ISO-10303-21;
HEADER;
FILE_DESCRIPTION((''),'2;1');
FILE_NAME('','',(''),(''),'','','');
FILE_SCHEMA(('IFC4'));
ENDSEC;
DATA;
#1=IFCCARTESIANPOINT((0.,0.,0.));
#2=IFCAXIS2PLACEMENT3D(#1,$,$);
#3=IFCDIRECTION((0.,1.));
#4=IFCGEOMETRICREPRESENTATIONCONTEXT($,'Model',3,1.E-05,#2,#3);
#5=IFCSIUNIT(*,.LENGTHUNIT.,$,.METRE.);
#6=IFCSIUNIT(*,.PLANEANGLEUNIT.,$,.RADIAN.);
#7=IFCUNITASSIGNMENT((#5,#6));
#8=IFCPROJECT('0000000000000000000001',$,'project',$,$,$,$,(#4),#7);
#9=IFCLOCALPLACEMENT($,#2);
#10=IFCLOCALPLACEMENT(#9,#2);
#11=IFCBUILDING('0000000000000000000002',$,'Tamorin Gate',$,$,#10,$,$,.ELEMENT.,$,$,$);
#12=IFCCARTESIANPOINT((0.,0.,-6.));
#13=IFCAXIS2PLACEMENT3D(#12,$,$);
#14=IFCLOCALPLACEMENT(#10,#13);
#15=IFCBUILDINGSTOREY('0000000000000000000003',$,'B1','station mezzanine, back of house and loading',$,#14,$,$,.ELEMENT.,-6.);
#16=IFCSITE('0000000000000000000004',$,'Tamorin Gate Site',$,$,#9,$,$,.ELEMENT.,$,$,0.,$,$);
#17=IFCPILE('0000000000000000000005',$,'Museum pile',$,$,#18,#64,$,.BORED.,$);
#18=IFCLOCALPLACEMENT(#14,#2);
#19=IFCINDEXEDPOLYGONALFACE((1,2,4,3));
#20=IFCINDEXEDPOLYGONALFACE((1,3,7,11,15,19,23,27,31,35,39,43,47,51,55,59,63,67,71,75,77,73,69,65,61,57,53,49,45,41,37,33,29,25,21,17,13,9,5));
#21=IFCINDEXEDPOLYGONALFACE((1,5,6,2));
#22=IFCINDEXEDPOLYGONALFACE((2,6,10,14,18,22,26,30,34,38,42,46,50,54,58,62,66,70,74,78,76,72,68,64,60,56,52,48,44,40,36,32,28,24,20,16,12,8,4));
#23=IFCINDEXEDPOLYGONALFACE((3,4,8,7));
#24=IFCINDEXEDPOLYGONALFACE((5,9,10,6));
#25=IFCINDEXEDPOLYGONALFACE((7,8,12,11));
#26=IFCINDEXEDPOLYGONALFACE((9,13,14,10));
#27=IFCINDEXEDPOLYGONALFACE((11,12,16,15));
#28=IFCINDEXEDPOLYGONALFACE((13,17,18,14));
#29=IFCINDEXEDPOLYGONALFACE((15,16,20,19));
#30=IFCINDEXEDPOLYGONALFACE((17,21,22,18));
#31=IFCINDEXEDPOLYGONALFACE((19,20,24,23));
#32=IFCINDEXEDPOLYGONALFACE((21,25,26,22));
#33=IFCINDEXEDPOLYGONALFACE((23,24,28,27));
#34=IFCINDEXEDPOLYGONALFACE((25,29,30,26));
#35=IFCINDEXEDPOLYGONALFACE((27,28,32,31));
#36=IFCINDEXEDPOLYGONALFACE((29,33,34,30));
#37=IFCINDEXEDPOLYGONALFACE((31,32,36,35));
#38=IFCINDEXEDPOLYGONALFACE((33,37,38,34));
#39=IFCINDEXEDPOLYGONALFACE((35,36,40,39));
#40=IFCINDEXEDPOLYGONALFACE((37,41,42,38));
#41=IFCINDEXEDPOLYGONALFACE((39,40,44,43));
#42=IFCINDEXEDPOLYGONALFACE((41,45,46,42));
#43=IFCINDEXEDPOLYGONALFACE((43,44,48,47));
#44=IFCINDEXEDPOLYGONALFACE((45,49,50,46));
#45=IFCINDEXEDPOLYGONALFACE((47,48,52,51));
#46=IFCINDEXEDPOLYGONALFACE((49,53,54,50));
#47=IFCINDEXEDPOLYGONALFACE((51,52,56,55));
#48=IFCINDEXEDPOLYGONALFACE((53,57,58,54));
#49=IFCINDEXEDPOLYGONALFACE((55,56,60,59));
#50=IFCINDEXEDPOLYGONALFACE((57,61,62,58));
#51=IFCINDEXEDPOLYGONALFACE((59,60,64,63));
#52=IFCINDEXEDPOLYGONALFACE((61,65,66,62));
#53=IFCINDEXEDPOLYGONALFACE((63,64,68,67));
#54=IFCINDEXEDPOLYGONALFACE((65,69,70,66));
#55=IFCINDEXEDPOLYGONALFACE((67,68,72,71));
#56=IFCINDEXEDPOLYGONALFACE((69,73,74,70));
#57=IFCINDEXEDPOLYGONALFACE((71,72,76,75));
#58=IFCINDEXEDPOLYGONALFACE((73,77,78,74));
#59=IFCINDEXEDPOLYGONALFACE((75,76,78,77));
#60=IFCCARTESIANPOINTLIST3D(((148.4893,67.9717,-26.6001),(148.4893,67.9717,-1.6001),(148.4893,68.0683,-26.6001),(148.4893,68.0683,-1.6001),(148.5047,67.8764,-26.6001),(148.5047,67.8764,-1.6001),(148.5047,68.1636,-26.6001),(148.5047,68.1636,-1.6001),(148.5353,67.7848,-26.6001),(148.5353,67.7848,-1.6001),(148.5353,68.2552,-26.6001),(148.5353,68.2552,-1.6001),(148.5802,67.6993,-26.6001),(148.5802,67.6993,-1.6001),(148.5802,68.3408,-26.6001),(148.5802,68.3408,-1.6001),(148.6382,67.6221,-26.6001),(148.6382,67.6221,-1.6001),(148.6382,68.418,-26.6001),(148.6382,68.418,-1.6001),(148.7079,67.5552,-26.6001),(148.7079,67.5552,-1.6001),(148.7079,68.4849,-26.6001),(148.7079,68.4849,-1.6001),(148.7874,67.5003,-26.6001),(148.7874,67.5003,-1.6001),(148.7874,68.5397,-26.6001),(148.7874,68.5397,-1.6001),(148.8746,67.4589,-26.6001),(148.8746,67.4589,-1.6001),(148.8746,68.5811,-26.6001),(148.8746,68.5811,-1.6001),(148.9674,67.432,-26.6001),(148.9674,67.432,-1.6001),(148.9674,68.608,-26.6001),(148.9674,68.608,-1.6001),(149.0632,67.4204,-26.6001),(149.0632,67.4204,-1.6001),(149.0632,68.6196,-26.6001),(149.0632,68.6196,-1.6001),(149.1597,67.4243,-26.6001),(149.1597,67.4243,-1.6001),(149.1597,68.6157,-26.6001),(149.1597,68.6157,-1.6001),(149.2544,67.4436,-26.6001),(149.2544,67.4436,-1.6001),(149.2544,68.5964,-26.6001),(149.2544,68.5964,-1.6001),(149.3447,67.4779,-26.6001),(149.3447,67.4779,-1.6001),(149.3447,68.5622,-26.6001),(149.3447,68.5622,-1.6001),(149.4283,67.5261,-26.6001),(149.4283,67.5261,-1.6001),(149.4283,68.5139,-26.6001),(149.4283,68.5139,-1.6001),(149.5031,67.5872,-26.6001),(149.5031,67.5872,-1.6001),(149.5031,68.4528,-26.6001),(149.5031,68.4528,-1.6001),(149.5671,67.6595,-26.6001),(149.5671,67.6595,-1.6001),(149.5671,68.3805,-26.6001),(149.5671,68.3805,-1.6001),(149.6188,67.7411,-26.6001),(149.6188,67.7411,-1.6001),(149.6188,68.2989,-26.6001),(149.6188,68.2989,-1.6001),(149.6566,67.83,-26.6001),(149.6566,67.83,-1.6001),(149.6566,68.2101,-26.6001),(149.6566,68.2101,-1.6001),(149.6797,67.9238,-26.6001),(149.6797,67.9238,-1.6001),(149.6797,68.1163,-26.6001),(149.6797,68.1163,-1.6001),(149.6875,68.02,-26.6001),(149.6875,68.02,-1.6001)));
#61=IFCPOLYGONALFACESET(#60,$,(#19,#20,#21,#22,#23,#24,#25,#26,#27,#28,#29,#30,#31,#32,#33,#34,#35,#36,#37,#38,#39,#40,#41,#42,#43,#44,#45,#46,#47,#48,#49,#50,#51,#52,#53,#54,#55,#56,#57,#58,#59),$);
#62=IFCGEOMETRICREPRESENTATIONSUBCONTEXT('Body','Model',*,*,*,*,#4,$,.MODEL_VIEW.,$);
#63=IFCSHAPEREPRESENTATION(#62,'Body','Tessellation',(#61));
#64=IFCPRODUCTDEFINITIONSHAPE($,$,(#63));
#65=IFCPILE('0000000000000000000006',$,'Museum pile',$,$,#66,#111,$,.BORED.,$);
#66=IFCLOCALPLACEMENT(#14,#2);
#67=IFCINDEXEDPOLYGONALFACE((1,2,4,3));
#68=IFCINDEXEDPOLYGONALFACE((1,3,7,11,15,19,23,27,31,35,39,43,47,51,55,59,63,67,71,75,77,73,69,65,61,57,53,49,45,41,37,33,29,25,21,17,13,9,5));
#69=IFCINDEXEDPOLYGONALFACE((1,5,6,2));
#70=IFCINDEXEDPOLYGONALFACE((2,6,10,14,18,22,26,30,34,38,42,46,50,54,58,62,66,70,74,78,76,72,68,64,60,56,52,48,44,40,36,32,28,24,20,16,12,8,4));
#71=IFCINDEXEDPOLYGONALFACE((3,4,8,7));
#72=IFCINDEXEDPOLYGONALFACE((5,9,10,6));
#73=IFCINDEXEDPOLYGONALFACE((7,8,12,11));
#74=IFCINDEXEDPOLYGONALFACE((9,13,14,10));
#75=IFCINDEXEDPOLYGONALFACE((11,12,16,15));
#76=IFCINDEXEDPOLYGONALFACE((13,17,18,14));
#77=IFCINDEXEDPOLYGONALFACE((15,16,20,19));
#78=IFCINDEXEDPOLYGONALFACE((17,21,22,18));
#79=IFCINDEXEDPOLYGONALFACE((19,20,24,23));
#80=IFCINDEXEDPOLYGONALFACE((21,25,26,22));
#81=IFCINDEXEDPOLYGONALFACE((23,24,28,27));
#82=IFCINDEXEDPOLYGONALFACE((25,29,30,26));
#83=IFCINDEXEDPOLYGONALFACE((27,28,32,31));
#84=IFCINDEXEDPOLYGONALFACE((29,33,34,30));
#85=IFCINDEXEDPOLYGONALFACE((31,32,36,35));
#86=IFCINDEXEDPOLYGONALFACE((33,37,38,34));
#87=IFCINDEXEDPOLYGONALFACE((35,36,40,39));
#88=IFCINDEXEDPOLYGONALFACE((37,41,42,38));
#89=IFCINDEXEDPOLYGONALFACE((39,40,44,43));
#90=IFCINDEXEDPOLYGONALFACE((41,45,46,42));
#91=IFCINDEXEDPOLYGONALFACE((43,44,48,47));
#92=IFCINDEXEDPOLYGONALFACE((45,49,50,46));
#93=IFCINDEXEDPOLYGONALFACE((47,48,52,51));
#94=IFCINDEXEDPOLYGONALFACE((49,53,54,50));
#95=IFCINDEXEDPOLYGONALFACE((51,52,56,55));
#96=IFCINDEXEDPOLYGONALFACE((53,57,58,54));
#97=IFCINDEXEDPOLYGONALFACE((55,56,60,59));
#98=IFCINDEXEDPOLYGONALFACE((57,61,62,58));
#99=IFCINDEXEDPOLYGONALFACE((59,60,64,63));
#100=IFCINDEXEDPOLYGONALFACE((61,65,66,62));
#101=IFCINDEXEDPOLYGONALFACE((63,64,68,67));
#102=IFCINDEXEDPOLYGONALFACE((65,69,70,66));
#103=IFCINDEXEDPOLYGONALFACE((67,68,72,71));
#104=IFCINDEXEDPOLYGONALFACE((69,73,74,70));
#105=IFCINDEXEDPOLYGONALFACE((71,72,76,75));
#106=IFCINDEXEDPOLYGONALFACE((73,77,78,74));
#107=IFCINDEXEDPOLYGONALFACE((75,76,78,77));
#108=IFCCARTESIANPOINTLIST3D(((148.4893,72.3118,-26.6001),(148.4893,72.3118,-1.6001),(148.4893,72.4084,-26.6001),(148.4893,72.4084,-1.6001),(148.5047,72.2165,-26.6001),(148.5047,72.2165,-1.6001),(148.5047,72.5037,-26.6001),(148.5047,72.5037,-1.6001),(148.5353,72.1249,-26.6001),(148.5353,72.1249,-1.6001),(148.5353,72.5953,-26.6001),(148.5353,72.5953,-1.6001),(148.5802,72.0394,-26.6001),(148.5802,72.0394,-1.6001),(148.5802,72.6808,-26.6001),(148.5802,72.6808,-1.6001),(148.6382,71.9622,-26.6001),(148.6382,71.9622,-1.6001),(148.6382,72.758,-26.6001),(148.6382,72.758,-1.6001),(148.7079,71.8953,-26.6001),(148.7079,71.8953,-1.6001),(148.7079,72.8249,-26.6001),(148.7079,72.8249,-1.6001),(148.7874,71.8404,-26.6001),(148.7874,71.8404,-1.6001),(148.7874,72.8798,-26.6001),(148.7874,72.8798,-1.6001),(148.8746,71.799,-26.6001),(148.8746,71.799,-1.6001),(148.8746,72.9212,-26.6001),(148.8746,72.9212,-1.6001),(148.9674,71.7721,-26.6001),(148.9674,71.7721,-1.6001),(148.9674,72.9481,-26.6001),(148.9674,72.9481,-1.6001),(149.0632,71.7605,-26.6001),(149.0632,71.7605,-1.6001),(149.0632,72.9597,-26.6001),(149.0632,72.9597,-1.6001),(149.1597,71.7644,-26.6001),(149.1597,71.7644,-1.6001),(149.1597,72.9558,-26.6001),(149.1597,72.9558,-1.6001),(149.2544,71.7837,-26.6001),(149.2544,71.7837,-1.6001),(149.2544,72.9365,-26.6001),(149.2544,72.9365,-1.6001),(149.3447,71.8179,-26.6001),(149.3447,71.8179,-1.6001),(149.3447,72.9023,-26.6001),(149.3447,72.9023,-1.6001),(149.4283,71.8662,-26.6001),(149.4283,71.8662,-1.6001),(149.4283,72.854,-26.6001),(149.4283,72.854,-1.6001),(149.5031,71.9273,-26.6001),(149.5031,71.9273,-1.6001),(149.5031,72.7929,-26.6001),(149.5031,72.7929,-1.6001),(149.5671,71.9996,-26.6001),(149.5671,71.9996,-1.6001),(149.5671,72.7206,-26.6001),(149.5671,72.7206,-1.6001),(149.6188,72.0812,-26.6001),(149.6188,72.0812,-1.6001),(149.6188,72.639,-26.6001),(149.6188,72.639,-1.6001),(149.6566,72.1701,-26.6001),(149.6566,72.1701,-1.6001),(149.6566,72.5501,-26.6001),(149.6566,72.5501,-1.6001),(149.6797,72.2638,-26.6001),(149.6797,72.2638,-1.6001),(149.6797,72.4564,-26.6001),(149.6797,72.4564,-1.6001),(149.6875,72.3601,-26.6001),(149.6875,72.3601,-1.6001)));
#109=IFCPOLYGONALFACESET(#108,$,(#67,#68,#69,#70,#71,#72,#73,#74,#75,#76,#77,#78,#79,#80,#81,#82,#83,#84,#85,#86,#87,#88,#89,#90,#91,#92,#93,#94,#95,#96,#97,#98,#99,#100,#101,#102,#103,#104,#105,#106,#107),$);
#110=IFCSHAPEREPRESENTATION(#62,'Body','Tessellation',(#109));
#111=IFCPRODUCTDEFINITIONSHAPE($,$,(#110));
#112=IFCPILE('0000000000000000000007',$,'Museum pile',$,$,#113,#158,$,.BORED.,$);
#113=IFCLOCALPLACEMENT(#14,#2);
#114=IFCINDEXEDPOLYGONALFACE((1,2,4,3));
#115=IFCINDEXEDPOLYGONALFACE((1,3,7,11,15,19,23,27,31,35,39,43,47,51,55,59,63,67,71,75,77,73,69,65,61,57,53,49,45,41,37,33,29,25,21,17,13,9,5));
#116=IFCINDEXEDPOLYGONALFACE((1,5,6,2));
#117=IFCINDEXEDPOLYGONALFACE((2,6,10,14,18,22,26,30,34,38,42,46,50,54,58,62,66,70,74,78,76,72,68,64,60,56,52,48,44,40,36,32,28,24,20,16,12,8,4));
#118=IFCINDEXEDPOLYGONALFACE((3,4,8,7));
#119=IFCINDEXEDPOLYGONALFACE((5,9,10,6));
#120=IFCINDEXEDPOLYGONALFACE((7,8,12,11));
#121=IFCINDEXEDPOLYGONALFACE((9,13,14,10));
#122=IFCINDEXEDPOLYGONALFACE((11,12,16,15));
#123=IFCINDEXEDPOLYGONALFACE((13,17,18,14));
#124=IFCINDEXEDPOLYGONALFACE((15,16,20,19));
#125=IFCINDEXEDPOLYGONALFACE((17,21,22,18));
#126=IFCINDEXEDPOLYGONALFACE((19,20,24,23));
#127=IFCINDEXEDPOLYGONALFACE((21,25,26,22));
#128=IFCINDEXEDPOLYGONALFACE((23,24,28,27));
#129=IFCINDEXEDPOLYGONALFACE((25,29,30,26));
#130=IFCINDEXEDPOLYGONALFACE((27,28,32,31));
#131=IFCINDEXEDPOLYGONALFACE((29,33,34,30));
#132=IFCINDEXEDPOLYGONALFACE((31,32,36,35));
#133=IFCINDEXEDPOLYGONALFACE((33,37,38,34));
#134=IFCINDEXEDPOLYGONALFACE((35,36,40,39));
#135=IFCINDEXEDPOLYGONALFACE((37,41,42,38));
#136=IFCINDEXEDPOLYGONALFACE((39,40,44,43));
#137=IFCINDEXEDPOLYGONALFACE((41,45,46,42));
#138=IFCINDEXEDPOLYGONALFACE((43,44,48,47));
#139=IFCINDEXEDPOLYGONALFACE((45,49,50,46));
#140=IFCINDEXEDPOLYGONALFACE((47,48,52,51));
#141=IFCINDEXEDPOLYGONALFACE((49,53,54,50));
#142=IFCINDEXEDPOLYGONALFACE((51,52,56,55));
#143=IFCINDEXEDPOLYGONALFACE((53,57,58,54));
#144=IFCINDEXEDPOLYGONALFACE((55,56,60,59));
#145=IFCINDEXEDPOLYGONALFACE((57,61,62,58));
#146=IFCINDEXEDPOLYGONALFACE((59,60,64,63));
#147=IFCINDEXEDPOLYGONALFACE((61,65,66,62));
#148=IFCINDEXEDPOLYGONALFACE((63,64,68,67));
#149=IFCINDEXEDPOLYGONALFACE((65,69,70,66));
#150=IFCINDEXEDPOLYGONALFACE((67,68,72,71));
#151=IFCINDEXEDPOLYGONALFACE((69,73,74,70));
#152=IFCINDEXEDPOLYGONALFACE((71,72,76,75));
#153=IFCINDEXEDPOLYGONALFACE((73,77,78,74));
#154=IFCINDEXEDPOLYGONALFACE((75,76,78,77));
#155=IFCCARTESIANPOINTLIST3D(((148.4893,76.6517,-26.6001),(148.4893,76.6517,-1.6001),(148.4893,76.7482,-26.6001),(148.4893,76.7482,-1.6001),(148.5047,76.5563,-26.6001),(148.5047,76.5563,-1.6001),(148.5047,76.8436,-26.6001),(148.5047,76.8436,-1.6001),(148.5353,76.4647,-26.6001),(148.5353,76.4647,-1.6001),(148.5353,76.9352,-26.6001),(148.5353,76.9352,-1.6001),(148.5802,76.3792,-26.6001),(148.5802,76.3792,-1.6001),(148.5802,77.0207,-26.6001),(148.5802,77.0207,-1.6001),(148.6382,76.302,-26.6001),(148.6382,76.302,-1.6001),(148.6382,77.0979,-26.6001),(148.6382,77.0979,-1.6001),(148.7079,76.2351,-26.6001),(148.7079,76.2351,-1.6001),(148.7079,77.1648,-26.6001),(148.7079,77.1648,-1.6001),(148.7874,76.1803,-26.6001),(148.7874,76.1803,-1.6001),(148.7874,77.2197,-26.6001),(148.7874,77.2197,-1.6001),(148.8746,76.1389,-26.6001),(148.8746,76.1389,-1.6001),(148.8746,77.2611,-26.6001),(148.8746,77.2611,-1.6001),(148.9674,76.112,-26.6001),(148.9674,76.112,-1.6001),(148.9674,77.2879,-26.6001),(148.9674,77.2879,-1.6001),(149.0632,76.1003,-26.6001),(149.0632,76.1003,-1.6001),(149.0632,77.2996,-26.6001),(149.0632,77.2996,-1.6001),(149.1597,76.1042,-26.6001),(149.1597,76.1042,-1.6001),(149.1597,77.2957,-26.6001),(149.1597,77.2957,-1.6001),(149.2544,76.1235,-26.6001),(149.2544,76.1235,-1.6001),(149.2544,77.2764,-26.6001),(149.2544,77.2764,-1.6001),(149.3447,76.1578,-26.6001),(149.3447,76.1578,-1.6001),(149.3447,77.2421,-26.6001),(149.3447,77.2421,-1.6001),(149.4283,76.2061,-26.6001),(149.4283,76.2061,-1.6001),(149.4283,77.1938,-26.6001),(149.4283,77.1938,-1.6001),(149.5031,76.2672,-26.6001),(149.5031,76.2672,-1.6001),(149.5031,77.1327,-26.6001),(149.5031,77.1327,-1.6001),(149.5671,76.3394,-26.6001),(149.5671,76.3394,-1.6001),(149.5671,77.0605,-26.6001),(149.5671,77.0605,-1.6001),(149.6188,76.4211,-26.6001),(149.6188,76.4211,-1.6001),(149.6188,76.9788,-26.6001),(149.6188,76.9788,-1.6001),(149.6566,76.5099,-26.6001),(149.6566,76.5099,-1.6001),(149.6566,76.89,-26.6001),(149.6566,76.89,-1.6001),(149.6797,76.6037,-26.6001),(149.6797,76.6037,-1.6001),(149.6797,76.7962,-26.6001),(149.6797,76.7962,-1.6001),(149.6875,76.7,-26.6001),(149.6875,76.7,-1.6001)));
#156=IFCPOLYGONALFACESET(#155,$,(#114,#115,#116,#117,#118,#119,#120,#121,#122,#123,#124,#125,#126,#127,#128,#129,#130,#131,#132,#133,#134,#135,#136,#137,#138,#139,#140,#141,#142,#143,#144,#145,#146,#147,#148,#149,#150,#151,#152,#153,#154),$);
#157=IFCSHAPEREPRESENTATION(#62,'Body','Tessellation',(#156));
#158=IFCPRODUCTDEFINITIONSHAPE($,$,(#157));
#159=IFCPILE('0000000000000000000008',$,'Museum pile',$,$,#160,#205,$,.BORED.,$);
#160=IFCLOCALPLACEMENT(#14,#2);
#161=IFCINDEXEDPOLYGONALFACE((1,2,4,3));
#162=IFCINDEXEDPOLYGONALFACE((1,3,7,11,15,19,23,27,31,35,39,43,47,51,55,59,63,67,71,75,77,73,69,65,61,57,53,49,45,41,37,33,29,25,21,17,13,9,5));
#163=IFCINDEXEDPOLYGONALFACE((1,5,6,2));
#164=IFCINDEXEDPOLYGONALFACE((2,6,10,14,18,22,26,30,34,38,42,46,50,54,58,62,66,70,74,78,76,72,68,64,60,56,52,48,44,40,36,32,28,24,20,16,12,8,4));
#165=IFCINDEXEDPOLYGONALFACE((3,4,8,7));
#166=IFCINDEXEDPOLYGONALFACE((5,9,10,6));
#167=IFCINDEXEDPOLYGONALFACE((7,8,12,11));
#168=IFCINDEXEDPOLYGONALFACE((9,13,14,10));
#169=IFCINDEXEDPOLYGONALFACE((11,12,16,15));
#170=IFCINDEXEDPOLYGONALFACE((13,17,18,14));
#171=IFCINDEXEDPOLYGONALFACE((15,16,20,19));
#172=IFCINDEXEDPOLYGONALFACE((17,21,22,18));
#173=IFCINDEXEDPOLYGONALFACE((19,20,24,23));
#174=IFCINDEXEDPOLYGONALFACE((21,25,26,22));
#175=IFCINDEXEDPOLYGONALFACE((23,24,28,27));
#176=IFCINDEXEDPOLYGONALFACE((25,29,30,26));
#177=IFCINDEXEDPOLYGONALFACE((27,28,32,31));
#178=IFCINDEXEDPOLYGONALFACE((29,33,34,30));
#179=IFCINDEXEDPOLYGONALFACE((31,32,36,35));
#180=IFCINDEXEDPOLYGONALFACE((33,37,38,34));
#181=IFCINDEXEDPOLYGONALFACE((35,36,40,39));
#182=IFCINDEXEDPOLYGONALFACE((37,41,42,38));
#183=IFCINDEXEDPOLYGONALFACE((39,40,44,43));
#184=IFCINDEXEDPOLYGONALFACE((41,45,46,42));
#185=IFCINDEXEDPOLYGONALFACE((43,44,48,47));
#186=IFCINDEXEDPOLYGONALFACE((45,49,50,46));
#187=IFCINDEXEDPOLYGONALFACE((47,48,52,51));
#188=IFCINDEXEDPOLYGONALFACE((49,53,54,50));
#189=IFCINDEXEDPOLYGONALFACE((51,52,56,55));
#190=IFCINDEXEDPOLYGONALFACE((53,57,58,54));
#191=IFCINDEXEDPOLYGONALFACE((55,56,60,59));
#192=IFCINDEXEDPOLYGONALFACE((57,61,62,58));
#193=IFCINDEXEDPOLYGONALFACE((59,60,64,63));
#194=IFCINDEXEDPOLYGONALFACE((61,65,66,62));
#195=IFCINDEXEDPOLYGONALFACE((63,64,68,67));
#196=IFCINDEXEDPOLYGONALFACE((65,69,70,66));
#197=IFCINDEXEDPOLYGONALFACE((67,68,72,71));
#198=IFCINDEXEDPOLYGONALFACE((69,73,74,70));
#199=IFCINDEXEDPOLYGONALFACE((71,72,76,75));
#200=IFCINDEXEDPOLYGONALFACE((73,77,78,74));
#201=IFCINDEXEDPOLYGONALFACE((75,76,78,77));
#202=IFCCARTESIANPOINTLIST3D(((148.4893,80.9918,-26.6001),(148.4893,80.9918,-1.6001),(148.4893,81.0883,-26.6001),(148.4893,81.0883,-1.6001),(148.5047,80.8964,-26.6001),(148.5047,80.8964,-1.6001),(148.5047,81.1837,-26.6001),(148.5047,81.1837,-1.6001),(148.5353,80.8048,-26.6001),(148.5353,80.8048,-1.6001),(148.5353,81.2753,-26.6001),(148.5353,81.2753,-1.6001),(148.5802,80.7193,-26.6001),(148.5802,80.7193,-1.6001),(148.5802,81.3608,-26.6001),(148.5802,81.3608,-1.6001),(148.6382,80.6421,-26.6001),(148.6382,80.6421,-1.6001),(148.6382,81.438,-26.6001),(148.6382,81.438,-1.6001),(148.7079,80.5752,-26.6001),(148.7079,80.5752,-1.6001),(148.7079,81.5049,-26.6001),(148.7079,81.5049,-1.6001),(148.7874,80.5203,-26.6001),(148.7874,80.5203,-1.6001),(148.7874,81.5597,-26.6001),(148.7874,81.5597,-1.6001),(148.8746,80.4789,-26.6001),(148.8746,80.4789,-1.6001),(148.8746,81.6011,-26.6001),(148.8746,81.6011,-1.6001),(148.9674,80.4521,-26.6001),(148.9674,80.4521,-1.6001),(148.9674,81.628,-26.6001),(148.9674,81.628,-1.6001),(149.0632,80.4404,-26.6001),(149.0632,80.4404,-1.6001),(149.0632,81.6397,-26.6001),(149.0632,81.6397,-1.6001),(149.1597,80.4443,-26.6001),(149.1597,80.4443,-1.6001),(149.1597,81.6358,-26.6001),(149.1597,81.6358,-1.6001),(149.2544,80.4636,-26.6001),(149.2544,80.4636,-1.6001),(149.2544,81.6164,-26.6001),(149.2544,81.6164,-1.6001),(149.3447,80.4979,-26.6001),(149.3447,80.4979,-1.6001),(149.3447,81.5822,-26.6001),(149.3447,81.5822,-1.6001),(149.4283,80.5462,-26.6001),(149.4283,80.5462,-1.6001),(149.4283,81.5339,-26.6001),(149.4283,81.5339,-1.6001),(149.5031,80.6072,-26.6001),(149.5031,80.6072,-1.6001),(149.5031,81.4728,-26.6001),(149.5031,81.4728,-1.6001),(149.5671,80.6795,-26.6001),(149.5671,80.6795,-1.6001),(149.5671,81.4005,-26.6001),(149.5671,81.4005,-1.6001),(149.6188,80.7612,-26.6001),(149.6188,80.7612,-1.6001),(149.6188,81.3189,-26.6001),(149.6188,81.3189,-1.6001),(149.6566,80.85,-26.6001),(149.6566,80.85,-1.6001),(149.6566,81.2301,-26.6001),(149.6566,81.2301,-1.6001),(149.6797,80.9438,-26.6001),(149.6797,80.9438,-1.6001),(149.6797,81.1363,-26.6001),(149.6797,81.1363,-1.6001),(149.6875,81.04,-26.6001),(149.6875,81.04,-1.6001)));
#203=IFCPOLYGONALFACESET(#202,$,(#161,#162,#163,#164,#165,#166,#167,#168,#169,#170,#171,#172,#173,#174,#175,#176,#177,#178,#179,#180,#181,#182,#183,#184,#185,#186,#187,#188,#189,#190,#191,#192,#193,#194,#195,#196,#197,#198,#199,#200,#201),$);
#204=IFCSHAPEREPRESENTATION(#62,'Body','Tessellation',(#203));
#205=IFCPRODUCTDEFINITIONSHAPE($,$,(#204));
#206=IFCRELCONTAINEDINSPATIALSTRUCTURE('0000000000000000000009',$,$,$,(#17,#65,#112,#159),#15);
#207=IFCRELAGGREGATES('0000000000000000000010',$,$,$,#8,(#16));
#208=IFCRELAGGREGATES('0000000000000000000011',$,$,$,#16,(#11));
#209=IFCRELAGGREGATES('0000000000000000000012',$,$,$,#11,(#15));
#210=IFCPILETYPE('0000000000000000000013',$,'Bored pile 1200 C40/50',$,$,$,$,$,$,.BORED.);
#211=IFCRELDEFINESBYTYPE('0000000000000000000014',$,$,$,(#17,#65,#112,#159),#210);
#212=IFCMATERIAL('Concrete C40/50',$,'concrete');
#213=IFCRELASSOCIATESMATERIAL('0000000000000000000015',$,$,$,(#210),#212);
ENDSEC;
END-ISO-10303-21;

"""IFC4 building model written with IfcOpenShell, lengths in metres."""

from ifc_helpers import new_model, si_unit, direction, frame, origin, origin_2d, place, context, subcontext, project, spatial, circle, extrude, material, material_profile, profile_set, type_object, element, save


model = new_model("IFC4")

# Units and contexts
model_context = context("Model", 3, precision=1e-05, world=origin(), true_north=direction((0.0, 1.0)))
body_context = subcontext(model_context, "Body", "Model", "MODEL_VIEW")
ifc_project = project(units=[si_unit("LENGTHUNIT", "METRE"), si_unit("PLANEANGLEUNIT", "RADIAN")], contexts=[model_context])

# Site, building, storey
site_placement = place(None, origin())
site = spatial("IfcSite", under=ifc_project, at=site_placement, Name="Tamorin Gate Site", CompositionType="ELEMENT", RefElevation=0.0)
building_placement = place(site_placement, origin())
building = spatial("IfcBuilding", under=site, at=building_placement, Name="Tamorin Gate", CompositionType="ELEMENT")
storey_placement = place(building_placement, frame((0.0, 0.0, -6.0)))
storey = spatial("IfcBuildingStorey", under=building, at=storey_placement, Name="B1", Description="station mezzanine, back of house and loading", CompositionType="ELEMENT", Elevation=-6.0)

# Piles
ifc_material_1 = material(Name="Concrete C40/50", Category="concrete")
ifc_material_profile_1 = material_profile(ifc_material_1, circle(Radius=0.6001, at=origin_2d()))
ifc_profile_set_1 = profile_set([ifc_material_profile_1], Name="Concrete C40/50")
pile_type = type_object("IfcPileType", Name="Bored pile 1200 C40/50", PredefinedType="BORED", material=ifc_profile_set_1)
for number, where, z_axis, x_axis, name in (
    (1, (149.0874, 68.02, -1.6001), (0.0, 0.0, -1.0), (1.0, 0.0, 0.0), "Museum pile"),
    (2, (149.0874, 72.3601, -1.6001), (0.0, 0.0, -1.0), (1.0, 0.0, 0.0), "Museum pile"),
    (3, (149.0874, 76.7, -1.6001), (0.0, 0.0, -1.0), (1.0, 0.0, 0.0), "Museum pile"),
    (4, (149.0874, 81.04, -1.6001), (0.0, 0.0, -1.0), (1.0, 0.0, 0.0), "Museum pile"),
):
    element("IfcPile", number, at=place(storey_placement, frame(where, z_axis=z_axis, x_axis=x_axis)), inside=storey, type_object=pile_type, Name=name, PredefinedType="BORED", context=body_context, shape_type="SweptSolid", body=[
        extrude(circle(Radius=0.6001, at=origin_2d()), origin(), (0.0, 0.0, 1.0), 25.0),
    ])

save(model, "model.ifc")
